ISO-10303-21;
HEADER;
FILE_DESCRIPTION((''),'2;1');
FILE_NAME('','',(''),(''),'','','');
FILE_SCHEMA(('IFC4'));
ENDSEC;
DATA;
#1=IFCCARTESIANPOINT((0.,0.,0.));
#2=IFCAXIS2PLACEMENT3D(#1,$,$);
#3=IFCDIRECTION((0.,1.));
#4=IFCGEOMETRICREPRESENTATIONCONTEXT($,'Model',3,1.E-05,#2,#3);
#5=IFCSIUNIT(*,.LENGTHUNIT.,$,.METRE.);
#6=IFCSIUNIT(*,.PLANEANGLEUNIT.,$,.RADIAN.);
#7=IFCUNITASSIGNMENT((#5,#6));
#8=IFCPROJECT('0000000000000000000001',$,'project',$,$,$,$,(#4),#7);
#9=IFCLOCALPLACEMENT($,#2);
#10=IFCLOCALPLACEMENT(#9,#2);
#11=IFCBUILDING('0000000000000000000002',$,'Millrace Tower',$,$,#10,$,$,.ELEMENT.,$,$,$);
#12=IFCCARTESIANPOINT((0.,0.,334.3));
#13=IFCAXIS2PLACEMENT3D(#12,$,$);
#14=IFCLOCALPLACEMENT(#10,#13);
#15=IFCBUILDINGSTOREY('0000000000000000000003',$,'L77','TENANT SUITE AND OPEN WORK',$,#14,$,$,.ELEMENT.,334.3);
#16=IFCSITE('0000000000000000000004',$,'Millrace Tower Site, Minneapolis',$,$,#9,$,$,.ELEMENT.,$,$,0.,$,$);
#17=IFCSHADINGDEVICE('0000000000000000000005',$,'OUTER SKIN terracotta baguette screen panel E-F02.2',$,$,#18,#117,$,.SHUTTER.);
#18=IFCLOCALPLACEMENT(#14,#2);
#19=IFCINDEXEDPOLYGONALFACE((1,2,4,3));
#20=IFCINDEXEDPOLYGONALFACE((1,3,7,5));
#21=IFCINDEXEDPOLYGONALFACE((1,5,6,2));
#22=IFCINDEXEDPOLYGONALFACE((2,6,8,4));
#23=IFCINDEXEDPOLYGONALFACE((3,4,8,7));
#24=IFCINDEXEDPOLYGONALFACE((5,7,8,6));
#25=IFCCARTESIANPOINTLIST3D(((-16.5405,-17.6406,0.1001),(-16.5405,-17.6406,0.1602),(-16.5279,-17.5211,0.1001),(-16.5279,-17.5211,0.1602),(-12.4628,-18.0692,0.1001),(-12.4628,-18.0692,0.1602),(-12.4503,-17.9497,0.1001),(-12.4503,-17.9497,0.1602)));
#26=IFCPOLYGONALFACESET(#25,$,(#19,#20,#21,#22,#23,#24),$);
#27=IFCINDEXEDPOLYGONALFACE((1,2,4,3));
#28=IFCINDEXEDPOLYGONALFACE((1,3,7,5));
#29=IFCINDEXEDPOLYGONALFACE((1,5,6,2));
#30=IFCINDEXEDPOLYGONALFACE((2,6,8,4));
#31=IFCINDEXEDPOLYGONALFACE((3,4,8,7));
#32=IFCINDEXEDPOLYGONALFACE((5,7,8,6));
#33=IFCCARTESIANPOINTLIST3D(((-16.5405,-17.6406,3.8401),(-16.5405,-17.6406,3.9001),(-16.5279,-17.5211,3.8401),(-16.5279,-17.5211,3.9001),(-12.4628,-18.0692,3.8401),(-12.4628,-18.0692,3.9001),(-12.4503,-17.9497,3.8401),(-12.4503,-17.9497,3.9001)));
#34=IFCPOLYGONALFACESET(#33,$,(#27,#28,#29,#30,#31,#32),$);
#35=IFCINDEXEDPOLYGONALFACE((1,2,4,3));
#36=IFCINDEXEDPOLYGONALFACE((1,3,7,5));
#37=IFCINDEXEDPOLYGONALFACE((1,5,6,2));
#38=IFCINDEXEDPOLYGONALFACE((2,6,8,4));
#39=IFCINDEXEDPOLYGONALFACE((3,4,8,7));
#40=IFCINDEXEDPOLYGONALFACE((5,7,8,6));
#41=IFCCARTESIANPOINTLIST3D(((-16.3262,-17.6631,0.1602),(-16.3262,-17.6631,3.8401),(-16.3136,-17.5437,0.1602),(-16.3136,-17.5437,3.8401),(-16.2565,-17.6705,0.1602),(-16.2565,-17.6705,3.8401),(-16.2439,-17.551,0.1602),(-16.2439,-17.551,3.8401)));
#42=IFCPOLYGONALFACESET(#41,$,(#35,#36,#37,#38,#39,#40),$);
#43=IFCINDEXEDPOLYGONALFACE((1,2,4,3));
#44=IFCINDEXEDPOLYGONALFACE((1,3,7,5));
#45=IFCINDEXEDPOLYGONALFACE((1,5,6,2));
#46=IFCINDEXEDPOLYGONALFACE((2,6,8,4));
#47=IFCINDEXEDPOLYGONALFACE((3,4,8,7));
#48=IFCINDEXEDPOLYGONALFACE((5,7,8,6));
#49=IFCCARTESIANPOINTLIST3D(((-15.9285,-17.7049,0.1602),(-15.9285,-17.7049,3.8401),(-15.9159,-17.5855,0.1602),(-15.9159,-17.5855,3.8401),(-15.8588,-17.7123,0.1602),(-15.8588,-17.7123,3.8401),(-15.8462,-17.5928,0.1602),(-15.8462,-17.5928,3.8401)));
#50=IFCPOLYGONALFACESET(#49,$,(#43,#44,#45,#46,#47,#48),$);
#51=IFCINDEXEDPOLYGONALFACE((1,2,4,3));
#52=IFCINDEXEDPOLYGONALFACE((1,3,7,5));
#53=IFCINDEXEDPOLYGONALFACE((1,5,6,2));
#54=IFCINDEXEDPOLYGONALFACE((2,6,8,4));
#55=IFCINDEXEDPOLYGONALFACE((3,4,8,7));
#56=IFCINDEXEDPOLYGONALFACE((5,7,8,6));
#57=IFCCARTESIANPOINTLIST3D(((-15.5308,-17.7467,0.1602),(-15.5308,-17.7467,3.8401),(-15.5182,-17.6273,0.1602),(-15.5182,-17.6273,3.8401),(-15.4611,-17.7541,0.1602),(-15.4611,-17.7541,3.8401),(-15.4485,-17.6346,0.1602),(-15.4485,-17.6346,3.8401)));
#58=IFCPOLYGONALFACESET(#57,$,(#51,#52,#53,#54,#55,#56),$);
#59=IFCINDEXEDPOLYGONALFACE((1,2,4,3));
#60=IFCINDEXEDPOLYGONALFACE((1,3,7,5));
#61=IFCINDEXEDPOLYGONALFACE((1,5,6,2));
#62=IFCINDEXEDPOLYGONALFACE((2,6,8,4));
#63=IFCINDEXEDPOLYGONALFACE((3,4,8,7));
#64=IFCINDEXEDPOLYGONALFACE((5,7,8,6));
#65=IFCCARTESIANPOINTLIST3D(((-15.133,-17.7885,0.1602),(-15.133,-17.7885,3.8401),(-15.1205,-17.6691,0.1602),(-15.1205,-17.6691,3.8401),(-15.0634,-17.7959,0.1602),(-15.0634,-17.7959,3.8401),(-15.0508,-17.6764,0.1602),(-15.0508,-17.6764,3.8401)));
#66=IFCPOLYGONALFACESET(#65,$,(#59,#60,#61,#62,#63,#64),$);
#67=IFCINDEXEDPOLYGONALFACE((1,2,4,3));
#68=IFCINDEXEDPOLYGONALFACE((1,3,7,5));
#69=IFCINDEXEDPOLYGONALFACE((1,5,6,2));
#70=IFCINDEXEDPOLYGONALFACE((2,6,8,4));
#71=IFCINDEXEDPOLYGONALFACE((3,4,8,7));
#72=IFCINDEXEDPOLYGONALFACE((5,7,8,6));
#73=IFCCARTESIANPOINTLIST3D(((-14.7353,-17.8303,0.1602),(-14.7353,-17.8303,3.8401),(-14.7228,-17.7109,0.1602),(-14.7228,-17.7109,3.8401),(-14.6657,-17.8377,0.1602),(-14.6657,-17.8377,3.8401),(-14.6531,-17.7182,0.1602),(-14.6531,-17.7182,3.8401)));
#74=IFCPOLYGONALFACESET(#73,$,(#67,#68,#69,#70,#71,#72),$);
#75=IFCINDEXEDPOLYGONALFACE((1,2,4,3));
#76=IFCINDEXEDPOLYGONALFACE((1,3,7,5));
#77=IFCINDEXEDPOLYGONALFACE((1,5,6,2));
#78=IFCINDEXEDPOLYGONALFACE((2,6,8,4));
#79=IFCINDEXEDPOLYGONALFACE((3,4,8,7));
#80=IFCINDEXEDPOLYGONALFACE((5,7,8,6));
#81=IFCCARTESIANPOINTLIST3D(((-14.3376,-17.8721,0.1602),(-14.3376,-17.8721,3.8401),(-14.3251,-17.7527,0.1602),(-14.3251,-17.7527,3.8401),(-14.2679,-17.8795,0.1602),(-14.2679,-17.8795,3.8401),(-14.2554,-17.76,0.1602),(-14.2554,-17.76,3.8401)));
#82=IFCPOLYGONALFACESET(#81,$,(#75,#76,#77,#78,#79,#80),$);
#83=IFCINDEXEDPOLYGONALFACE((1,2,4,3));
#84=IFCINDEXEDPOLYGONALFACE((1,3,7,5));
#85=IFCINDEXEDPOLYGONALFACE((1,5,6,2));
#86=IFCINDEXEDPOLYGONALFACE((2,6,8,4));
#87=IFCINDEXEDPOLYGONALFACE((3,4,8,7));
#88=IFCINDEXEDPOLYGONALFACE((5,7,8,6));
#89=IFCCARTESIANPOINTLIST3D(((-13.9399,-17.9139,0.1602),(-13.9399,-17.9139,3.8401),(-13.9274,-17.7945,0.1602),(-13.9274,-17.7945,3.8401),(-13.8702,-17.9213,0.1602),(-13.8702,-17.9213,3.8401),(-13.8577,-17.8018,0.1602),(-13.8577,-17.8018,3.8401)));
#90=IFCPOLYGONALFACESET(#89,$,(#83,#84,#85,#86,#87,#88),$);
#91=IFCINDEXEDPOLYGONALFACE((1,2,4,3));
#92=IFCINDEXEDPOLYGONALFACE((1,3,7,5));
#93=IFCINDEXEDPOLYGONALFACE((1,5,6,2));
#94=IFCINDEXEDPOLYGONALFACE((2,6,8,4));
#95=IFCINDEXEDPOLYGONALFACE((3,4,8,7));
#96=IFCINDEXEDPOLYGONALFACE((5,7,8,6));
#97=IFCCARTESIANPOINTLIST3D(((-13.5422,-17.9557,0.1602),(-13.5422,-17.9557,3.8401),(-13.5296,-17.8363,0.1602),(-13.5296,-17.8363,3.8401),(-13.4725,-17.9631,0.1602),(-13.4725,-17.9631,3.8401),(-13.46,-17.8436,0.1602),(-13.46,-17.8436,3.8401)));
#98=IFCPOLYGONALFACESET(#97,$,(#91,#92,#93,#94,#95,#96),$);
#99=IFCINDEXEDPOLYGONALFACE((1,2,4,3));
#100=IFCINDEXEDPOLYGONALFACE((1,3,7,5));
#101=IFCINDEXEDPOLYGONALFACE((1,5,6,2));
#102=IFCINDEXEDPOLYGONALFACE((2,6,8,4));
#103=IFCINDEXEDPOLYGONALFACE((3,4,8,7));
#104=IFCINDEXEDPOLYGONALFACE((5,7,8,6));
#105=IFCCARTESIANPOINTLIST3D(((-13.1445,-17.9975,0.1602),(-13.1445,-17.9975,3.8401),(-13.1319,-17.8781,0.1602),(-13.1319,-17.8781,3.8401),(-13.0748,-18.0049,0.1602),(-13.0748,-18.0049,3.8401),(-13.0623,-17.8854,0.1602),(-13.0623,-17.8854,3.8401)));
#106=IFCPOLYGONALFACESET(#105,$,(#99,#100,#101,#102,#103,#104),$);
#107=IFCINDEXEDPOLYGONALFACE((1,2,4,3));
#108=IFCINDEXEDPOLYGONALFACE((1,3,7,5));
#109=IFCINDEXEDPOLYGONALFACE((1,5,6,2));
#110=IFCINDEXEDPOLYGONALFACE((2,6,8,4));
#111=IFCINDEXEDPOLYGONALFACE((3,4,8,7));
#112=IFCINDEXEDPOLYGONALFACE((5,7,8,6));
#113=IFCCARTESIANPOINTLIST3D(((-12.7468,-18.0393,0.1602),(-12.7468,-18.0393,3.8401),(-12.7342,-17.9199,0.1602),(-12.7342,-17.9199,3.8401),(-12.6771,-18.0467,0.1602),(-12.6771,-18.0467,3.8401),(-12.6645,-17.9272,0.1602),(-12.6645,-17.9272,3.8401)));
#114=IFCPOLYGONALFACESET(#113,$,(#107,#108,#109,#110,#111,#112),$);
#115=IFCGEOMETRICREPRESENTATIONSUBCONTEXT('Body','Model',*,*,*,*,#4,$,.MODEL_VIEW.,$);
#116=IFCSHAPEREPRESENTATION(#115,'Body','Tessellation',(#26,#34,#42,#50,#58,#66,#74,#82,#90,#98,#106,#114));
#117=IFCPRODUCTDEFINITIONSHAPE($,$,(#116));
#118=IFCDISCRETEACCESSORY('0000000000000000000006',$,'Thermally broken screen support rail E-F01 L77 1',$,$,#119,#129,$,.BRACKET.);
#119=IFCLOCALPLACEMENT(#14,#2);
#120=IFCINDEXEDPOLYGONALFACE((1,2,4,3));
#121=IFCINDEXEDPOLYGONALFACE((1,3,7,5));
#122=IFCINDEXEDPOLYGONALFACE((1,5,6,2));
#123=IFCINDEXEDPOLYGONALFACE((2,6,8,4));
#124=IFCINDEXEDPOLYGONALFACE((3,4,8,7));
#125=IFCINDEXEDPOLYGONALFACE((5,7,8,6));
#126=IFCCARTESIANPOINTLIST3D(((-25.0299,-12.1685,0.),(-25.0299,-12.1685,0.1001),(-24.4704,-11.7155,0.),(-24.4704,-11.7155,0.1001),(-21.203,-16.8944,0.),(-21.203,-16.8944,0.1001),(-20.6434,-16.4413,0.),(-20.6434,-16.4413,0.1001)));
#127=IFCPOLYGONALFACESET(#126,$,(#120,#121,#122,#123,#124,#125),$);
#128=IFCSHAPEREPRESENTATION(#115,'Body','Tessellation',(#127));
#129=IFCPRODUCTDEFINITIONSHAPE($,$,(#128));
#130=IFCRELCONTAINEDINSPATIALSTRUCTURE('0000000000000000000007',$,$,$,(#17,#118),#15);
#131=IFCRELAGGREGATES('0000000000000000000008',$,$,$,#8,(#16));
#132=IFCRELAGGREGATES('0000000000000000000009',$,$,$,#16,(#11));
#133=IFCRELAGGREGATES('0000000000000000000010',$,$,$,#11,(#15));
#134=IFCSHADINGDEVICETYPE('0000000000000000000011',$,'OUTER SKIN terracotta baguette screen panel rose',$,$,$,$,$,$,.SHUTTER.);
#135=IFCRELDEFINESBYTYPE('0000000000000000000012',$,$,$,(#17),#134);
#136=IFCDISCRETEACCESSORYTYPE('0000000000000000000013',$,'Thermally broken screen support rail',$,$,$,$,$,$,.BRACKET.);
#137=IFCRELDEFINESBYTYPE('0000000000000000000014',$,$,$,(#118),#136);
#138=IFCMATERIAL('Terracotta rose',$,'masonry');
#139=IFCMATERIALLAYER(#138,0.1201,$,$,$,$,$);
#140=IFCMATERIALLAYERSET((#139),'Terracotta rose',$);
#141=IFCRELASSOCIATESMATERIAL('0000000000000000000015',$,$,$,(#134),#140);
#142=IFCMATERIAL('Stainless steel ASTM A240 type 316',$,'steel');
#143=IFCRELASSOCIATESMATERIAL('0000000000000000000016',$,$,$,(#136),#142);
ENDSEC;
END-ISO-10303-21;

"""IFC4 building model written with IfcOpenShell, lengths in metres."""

from ifc_helpers import new_model, entity, si_unit, direction, frame, frame_2d, origin, origin_2d, place, context, subcontext, project, spatial, rectangle, extrude, source, transform, mapped, material, layer, layer_set, type_object, element, save


model = new_model("IFC4")

# Units and contexts
model_context = context("Model", 3, precision=1e-05, world=origin(), true_north=direction((0.0, 1.0)))
body_context = subcontext(model_context, "Body", "Model", "MODEL_VIEW")
ifc_project = project(units=[si_unit("LENGTHUNIT", "METRE"), si_unit("PLANEANGLEUNIT", "RADIAN")], contexts=[model_context])

# Site, building, storey
site_placement = place(None, origin())
site = spatial("IfcSite", under=ifc_project, at=site_placement, Name="Millrace Tower Site, Minneapolis", CompositionType="ELEMENT", RefElevation=0.0)
building_placement = place(site_placement, origin())
building = spatial("IfcBuilding", under=site, at=building_placement, Name="Millrace Tower", CompositionType="ELEMENT")
storey_placement = place(building_placement, frame((0.0, 0.0, 334.3)))
storey = spatial("IfcBuildingStorey", under=building, at=storey_placement, Name="L77", Description="TENANT SUITE AND OPEN WORK", CompositionType="ELEMENT", Elevation=334.3)

# Shading device
ifc_material_1 = material(Name="Terracotta rose", Category="masonry")
ifc_layer_1 = layer(ifc_material_1, 0.1201)
ifc_layer_set_1 = layer_set([ifc_layer_1], Name="Terracotta rose")
shading_device_type = type_object("IfcShadingDeviceType", Name="OUTER SKIN terracotta baguette screen panel rose", PredefinedType="SHUTTER", material=ifc_layer_set_1)
cartesian_point_1 = entity("IfcCartesianPoint", [-2.05, 0.0601])
shared_polyline_1 = entity("IfcPolyline", [cartesian_point_1, entity("IfcCartesianPoint", [2.05, 0.0601]), entity("IfcCartesianPoint", [2.05, -0.0601]), entity("IfcCartesianPoint", [-2.05, -0.0601]), cartesian_point_1])
shared_shape_1 = source(origin(), body_context, "Body", "SweptSolid", [
    entity("IfcExtrudedAreaSolid", entity("IfcArbitraryClosedProfileDef", "AREA", None, shared_polyline_1), entity("IfcAxis2Placement3D", entity("IfcCartesianPoint", [0.0, 0.0, 0.0])), entity("IfcDirection", [0.0, 0.0, 1.0]), 0.0601),
    entity("IfcExtrudedAreaSolid", entity("IfcArbitraryClosedProfileDef", "AREA", None, shared_polyline_1), entity("IfcAxis2Placement3D", entity("IfcCartesianPoint", [0.0, 0.0, 3.74])), entity("IfcDirection", [0.0, 0.0, 1.0]), 0.0601),
    extrude(rectangle(XDim=0.0701, YDim=0.1201, at=frame_2d((-1.7996, 0.0))), frame((0.0, 0.0, 0.0601)), (0.0, 0.0, 1.0), 3.6799),
    extrude(rectangle(XDim=0.0701, YDim=0.1201, at=frame_2d((-1.3997, 0.0))), frame((0.0, 0.0, 0.0601)), (0.0, 0.0, 1.0), 3.6799),
    extrude(rectangle(XDim=0.0701, YDim=0.1201, at=frame_2d((-0.9998, 0.0))), frame((0.0, 0.0, 0.0601)), (0.0, 0.0, 1.0), 3.6799),
    extrude(rectangle(XDim=0.0701, YDim=0.1201, at=frame_2d((-0.5999, 0.0))), frame((0.0, 0.0, 0.0601)), (0.0, 0.0, 1.0), 3.6799),
    extrude(rectangle(XDim=0.0701, YDim=0.1201, at=frame_2d((-0.2, 0.0))), frame((0.0, 0.0, 0.0601)), (0.0, 0.0, 1.0), 3.6799),
    extrude(rectangle(XDim=0.0701, YDim=0.1201, at=frame_2d((0.2, 0.0))), frame((0.0, 0.0, 0.0601)), (0.0, 0.0, 1.0), 3.6799),
    extrude(rectangle(XDim=0.0701, YDim=0.1201, at=frame_2d((0.5999, 0.0))), frame((0.0, 0.0, 0.0601)), (0.0, 0.0, 1.0), 3.6799),
    extrude(rectangle(XDim=0.0701, YDim=0.1201, at=frame_2d((0.9998, 0.0))), frame((0.0, 0.0, 0.0601)), (0.0, 0.0, 1.0), 3.6799),
    extrude(rectangle(XDim=0.0701, YDim=0.1201, at=frame_2d((1.3997, 0.0))), frame((0.0, 0.0, 0.0601)), (0.0, 0.0, 1.0), 3.6799),
    extrude(rectangle(XDim=0.0701, YDim=0.1201, at=frame_2d((1.7996, 0.0))), frame((0.0, 0.0, 0.0601)), (0.0, 0.0, 1.0), 3.6799),
])
shading_device_1_placement = place(storey_placement, frame((-14.4954, -17.7952, 0.1001), z_axis=(0.0, 0.0, 1.0), x_axis=(0.994522, -0.104528, 0.0)))
element("IfcShadingDevice", 1, at=shading_device_1_placement, inside=storey, type_object=shading_device_type, Name="OUTER SKIN terracotta baguette screen panel E-F02.2", PredefinedType="SHUTTER", context=body_context, shape_type="MappedRepresentation", body=[
    mapped(shared_shape_1, transform((0.0, 0.0, 0.0), scale=1.0)),
])

# Discrete accessory
ifc_material_2 = material(Name="Stainless steel ASTM A240 type 316", Category="steel")
discrete_accessory_type = type_object("IfcDiscreteAccessoryType", Name="Thermally broken screen support rail", PredefinedType="BRACKET", material=ifc_material_2)
discrete_accessory_placement = place(storey_placement, frame((-22.8367, -14.3049, 0.0), z_axis=(0.0, 0.0, 1.0), x_axis=(0.62932, -0.777146, 0.0)))
element("IfcDiscreteAccessory", 2, at=discrete_accessory_placement, inside=storey, type_object=discrete_accessory_type, Name="Thermally broken screen support rail E-F01 L77 1", PredefinedType="BRACKET", context=body_context, shape_type="SweptSolid", body=[
    extrude(rectangle(XDim=6.0811, YDim=0.72, at=origin_2d()), origin(), (0.0, 0.0, 1.0), 0.1001),
])

save(model, "model.ifc")
